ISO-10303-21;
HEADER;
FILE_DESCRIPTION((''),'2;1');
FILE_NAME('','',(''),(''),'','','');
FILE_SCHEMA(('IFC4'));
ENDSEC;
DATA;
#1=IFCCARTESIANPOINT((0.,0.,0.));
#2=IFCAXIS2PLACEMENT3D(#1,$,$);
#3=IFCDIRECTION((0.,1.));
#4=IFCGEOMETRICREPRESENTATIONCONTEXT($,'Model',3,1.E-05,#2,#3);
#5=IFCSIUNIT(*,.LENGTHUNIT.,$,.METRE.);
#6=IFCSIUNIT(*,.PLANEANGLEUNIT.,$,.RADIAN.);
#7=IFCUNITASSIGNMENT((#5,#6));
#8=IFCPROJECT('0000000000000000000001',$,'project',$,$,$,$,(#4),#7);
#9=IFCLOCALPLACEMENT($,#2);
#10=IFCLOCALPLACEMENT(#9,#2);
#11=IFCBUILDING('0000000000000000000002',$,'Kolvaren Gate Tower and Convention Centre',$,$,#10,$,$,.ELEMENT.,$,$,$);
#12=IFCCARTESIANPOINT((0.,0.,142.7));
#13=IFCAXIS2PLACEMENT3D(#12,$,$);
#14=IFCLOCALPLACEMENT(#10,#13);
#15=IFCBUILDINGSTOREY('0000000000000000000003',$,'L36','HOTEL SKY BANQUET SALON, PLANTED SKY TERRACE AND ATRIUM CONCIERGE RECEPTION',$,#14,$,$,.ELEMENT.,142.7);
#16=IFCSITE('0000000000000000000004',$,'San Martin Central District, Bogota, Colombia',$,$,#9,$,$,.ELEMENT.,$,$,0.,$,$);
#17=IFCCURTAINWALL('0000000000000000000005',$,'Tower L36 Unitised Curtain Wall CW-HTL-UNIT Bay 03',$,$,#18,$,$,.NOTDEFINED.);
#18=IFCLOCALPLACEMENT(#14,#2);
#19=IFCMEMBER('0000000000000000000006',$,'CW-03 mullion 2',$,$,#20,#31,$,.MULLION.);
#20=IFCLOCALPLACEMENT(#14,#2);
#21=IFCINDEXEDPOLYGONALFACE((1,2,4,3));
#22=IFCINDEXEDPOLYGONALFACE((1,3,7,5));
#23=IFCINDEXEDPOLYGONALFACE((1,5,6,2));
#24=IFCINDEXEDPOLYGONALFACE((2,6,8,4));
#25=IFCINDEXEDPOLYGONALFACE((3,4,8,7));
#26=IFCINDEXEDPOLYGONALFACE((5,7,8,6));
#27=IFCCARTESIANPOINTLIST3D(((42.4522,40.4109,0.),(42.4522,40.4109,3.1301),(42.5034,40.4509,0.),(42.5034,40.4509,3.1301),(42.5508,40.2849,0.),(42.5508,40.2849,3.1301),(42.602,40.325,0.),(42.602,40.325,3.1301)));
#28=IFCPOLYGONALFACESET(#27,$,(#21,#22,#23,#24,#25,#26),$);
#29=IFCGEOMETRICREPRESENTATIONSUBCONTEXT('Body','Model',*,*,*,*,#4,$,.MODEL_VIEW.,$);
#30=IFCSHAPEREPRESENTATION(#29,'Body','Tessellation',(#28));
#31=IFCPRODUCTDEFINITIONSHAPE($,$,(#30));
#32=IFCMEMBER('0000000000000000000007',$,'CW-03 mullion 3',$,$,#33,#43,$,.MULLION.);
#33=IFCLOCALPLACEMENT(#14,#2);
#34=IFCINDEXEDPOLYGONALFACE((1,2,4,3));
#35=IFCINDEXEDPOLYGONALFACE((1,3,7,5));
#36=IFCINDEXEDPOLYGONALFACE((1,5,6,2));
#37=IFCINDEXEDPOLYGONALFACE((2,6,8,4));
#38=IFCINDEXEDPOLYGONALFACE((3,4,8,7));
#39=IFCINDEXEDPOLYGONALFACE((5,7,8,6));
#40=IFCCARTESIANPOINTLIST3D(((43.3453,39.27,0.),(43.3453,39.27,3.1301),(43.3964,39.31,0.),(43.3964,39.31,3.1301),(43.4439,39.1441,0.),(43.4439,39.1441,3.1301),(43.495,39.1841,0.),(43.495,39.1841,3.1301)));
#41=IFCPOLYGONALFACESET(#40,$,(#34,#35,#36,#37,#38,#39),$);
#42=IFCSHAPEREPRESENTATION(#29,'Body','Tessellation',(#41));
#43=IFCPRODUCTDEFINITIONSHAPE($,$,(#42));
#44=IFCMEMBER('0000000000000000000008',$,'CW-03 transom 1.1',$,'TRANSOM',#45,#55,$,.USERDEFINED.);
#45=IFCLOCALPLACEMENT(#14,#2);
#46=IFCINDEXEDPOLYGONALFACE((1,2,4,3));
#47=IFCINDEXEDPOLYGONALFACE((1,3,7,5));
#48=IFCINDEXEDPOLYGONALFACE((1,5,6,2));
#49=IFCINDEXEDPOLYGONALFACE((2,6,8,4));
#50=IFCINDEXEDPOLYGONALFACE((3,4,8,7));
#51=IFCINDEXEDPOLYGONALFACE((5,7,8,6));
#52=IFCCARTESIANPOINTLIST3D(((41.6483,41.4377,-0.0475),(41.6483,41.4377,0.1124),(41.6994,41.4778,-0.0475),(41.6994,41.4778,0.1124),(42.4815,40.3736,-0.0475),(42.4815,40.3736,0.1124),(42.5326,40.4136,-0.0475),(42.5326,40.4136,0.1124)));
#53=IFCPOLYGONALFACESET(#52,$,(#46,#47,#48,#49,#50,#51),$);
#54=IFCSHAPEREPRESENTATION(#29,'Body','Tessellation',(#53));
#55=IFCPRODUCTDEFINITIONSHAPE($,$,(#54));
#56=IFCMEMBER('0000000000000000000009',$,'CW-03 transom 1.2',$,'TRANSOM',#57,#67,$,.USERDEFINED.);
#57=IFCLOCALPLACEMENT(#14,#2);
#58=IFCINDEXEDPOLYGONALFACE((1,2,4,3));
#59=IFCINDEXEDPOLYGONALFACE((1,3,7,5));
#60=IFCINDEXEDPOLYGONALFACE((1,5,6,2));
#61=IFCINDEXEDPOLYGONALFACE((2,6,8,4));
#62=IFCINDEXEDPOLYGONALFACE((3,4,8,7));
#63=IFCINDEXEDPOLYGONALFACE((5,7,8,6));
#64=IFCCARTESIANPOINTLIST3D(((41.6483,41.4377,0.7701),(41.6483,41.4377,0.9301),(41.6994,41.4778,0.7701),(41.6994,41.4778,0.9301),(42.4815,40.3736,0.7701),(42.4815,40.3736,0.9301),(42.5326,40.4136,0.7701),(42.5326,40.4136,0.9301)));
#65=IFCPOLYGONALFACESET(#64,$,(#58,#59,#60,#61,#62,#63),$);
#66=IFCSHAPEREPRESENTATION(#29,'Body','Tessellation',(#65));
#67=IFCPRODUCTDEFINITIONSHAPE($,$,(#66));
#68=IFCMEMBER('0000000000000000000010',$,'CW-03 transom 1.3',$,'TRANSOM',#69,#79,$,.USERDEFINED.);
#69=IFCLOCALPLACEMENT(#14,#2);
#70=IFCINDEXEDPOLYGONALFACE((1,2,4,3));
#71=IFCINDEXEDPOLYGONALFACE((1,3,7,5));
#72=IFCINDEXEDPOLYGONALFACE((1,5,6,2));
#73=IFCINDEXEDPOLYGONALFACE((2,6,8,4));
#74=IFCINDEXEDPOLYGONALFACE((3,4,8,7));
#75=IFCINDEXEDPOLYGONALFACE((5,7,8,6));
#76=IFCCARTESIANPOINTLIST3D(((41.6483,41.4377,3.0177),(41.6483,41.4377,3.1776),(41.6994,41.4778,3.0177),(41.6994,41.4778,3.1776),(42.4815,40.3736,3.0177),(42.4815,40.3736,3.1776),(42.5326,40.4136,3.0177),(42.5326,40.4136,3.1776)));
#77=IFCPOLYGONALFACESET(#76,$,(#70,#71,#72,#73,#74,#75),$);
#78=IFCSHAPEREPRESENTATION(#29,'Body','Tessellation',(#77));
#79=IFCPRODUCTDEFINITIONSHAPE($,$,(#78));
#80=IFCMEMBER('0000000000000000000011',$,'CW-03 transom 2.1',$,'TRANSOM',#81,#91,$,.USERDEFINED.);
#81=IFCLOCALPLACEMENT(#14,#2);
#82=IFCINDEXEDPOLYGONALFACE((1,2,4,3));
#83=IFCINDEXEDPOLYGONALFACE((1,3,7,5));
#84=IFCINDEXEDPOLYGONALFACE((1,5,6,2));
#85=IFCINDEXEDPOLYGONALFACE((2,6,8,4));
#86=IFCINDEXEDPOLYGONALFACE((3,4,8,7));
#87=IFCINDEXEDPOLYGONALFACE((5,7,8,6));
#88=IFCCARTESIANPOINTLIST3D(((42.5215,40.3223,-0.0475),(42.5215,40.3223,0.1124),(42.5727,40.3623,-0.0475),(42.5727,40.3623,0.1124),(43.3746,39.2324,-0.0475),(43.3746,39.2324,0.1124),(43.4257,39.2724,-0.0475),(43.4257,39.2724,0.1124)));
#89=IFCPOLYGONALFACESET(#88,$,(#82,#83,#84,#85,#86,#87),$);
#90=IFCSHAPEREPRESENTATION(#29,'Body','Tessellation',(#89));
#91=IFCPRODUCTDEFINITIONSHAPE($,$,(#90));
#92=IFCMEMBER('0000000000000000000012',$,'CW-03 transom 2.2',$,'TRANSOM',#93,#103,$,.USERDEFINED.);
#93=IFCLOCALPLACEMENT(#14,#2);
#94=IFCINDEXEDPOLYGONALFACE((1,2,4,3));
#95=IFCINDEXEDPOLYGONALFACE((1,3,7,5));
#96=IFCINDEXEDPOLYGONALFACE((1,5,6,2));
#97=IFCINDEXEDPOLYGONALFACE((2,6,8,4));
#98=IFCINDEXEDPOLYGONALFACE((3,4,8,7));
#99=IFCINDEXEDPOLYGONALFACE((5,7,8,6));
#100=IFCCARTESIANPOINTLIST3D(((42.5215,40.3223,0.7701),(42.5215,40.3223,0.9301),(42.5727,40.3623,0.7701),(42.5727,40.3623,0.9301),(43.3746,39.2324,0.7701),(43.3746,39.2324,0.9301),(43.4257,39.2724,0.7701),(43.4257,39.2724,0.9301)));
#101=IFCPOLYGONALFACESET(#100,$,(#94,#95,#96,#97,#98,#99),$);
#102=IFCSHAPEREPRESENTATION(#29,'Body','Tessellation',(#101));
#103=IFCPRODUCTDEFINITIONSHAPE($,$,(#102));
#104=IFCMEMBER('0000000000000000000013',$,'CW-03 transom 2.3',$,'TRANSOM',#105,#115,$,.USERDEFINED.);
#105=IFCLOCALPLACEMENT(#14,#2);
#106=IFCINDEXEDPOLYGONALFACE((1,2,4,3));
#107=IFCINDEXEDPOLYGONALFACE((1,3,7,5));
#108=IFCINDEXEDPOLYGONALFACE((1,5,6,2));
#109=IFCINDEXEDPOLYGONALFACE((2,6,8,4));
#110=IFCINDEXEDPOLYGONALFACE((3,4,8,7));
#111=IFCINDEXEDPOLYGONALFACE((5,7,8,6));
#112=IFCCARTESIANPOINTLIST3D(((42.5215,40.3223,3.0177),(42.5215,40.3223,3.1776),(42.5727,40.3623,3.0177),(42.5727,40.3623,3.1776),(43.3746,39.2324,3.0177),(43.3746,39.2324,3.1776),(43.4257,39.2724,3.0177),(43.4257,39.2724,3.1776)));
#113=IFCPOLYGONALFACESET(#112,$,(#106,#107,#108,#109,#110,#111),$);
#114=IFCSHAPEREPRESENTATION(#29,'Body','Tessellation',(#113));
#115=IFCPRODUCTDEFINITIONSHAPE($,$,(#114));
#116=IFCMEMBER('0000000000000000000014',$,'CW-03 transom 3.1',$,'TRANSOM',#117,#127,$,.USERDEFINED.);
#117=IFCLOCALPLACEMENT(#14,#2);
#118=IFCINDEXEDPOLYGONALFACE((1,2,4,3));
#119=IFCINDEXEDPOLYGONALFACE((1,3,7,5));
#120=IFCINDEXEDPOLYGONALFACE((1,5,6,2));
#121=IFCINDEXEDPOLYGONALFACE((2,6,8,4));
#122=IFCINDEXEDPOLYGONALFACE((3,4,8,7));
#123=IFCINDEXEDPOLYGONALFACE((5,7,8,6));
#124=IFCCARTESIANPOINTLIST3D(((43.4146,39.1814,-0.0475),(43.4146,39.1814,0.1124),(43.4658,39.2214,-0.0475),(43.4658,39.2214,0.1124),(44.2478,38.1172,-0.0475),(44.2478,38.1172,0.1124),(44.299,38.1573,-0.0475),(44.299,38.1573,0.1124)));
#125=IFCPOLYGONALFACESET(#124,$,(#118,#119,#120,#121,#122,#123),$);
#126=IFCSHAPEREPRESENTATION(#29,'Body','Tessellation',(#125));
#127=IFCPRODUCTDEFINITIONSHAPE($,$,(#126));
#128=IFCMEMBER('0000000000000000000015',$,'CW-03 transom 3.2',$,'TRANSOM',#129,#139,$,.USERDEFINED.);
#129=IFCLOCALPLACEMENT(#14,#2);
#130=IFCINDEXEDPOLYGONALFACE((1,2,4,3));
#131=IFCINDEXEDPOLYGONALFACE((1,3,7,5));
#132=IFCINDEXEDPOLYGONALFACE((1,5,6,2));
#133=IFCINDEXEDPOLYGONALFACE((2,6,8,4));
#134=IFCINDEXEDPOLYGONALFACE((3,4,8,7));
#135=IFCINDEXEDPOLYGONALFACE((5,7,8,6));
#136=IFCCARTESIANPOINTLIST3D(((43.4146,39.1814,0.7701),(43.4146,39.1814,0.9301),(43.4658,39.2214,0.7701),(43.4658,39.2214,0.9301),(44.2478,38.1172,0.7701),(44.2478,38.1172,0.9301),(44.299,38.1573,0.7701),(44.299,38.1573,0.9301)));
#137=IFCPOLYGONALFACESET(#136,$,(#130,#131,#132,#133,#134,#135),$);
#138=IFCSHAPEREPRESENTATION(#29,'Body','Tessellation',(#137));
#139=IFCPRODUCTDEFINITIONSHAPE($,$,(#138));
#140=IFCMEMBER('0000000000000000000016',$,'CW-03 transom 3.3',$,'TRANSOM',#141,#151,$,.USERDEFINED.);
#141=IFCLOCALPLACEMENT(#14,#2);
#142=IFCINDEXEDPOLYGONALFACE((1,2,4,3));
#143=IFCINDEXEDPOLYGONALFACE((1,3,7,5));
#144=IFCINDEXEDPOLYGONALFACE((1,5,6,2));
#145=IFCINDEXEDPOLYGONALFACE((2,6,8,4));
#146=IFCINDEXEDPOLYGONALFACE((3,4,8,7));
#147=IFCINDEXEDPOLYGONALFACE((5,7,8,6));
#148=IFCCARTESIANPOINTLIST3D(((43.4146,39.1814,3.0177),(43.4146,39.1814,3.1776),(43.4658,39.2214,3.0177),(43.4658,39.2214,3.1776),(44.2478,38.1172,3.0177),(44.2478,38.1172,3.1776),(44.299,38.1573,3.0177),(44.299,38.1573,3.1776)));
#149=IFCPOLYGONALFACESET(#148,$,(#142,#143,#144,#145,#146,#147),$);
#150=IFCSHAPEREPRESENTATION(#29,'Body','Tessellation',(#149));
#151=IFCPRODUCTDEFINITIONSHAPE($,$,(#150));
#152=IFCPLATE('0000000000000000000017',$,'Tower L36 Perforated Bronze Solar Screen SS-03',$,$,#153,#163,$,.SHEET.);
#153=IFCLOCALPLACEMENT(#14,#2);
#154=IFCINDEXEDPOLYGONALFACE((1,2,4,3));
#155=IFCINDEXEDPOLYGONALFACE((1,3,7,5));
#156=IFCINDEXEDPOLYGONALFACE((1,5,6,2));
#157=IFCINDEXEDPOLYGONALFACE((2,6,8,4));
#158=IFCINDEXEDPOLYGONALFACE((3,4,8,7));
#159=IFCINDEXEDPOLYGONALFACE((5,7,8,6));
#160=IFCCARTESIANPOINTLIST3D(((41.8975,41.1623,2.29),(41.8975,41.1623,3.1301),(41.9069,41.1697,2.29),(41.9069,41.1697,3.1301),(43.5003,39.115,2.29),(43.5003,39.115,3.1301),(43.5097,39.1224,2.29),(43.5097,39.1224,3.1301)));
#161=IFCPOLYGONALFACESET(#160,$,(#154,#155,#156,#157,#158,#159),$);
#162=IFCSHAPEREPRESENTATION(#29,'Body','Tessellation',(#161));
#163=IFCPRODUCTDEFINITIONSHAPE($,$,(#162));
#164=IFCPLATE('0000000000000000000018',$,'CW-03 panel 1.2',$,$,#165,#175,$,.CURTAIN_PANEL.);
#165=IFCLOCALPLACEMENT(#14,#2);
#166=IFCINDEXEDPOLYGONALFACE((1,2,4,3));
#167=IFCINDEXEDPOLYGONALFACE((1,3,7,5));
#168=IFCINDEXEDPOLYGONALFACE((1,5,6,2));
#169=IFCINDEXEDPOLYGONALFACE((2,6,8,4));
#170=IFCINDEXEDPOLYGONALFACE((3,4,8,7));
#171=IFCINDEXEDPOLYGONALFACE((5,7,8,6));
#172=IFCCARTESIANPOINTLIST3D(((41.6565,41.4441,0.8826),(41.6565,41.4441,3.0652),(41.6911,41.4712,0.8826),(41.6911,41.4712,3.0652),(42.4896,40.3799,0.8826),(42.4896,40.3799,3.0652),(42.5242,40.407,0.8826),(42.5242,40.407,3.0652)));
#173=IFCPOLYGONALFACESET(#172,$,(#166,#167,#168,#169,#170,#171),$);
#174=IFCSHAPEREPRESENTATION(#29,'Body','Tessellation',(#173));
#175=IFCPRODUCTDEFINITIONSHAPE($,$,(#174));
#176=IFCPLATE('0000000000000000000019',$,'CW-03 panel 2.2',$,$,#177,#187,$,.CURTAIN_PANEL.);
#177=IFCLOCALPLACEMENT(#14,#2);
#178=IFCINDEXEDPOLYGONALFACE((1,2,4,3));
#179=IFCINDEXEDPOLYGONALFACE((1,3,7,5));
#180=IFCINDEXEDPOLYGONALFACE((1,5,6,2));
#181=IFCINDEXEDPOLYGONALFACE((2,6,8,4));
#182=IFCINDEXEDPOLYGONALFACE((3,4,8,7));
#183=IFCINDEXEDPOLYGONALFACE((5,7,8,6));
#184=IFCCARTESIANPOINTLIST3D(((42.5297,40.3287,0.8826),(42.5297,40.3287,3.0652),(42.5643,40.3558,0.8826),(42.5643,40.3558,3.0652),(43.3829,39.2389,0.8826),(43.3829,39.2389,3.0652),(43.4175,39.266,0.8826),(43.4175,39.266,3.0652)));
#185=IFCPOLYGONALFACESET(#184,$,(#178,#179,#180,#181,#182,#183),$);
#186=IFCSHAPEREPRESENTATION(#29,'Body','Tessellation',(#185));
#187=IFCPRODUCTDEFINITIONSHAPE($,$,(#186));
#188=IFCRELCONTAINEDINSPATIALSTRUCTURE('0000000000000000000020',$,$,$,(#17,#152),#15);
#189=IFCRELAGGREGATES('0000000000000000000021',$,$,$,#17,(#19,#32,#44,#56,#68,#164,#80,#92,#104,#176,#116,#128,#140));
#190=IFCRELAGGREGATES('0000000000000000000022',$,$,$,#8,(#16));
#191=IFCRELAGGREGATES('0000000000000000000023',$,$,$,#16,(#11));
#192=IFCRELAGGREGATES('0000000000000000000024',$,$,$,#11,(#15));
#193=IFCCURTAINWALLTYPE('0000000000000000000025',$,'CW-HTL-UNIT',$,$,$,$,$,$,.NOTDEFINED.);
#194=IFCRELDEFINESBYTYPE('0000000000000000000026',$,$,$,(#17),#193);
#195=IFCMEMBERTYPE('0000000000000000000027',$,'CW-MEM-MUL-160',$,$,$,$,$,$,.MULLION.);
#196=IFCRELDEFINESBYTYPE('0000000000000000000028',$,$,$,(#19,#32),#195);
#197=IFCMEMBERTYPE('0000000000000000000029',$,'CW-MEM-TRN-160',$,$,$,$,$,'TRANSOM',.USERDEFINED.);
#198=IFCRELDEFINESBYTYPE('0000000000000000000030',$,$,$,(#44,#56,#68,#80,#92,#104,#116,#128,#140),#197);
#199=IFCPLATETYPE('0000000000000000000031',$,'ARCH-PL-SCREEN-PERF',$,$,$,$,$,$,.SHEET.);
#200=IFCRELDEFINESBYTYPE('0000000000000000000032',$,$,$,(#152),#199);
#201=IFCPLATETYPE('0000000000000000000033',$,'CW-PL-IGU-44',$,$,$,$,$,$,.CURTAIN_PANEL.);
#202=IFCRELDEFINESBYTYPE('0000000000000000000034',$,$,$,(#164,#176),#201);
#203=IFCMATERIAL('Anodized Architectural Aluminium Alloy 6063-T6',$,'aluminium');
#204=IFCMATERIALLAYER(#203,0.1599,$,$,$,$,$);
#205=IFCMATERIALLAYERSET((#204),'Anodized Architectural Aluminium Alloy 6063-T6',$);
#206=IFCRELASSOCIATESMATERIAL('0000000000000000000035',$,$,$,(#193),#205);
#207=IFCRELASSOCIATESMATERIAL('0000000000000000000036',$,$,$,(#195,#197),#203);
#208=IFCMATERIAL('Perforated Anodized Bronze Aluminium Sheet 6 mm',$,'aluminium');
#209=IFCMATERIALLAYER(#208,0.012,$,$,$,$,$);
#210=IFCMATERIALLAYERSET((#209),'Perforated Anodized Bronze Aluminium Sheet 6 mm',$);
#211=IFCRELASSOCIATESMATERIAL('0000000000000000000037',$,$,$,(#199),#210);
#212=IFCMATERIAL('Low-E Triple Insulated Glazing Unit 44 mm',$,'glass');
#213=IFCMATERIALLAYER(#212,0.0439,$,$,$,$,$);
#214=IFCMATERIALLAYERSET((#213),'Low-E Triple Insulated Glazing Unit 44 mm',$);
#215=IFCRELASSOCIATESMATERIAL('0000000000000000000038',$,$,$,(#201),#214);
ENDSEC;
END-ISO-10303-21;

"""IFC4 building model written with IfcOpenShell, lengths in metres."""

from ifc_helpers import new_model, si_unit, direction, frame, origin, origin_2d, place, context, subcontext, project, spatial, rectangle, extrude, material, layer, layer_set, material_profile, profile_set, type_object, element, aggregate, save


model = new_model("IFC4")

# Units and contexts
model_context = context("Model", 3, precision=1e-05, world=origin(), true_north=direction((0.0, 1.0)))
body_context = subcontext(model_context, "Body", "Model", "MODEL_VIEW")
ifc_project = project(units=[si_unit("LENGTHUNIT", "METRE"), si_unit("PLANEANGLEUNIT", "RADIAN")], contexts=[model_context])

# Site, building, storey
site_placement = place(None, origin())
site = spatial("IfcSite", under=ifc_project, at=site_placement, Name="San Martin Central District, Bogota, Colombia", CompositionType="ELEMENT", RefElevation=0.0)
building_placement = place(site_placement, origin())
building = spatial("IfcBuilding", under=site, at=building_placement, Name="Kolvaren Gate Tower and Convention Centre", CompositionType="ELEMENT")
storey_placement = place(building_placement, frame((0.0, 0.0, 142.7)))
storey = spatial("IfcBuildingStorey", under=building, at=storey_placement, Name="L36", Description="HOTEL SKY BANQUET SALON, PLANTED SKY TERRACE AND ATRIUM CONCIERGE RECEPTION", CompositionType="ELEMENT", Elevation=142.7)

# Curtain wall, members
ifc_material_1 = material(Name="Anodized Architectural Aluminium Alloy 6063-T6", Category="aluminium")
ifc_layer_1 = layer(ifc_material_1, 0.1599)
ifc_layer_set_1 = layer_set([ifc_layer_1], Name="Anodized Architectural Aluminium Alloy 6063-T6")
curtain_wall_type = type_object("IfcCurtainWallType", Name="CW-HTL-UNIT", PredefinedType="NOTDEFINED", material=ifc_layer_set_1)
curtain_wall_placement = place(storey_placement, origin())
curtain_wall = element("IfcCurtainWall", 1, at=curtain_wall_placement, inside=storey, type_object=curtain_wall_type, Name="Tower L36 Unitised Curtain Wall CW-HTL-UNIT Bay 03", PredefinedType="NOTDEFINED")
ifc_material_profile_1 = material_profile(ifc_material_1, rectangle(XDim=0.0649, YDim=0.1599, at=origin_2d()), Name="CW-MEM-MUL-160")
ifc_profile_set_1 = profile_set([ifc_material_profile_1], Name="Anodized Architectural Aluminium Alloy 6063-T6")
member_type_1 = type_object("IfcMemberType", Name="CW-MEM-MUL-160", PredefinedType="MULLION", material=ifc_profile_set_1)
member_1_placement = place(storey_placement, frame((42.5271, 40.3679, 0.0), z_axis=(0.0, 0.0, 1.0), x_axis=(0.787404, 0.616438, 0.0)))
member_1 = element("IfcMember", 2, at=member_1_placement, type_object=member_type_1, Name="CW-03 mullion 2", PredefinedType="MULLION", context=body_context, shape_type="SweptSolid", body=[
    extrude(rectangle(XDim=0.0649, YDim=0.1599, at=origin_2d()), origin(), (0.0, 0.0, 1.0), 3.1301),
])
member_2_placement = place(storey_placement, frame((43.4202, 39.2271, 0.0), z_axis=(0.0, 0.0, 1.0), x_axis=(0.787404, 0.616438, 0.0)))
member_2 = element("IfcMember", 3, at=member_2_placement, type_object=member_type_1, Name="CW-03 mullion 3", PredefinedType="MULLION", context=body_context, shape_type="SweptSolid", body=[
    extrude(rectangle(XDim=0.0649, YDim=0.1599, at=origin_2d()), origin(), (0.0, 0.0, 1.0), 3.1301),
])
ifc_material_profile_2 = material_profile(ifc_material_1, rectangle(XDim=0.0649, YDim=0.1599, at=origin_2d()), Name="CW-MEM-TRN-160")
ifc_profile_set_2 = profile_set([ifc_material_profile_2], Name="Anodized Architectural Aluminium Alloy 6063-T6")
member_type_2 = type_object("IfcMemberType", Name="CW-MEM-TRN-160", ElementType="TRANSOM", PredefinedType="USERDEFINED", material=ifc_profile_set_2)
member_3_placement = place(storey_placement, frame((41.6738, 41.4578, 0.0325), z_axis=(0.616488, -0.787364, 0.0), x_axis=(0.787364, 0.616488, 0.0)))
member_3 = element("IfcMember", 4, at=member_3_placement, type_object=member_type_2, Name="CW-03 transom 1.1", ObjectType="TRANSOM", PredefinedType="USERDEFINED", context=body_context, shape_type="SweptSolid", body=[
    extrude(rectangle(XDim=0.0649, YDim=0.1599, at=origin_2d()), origin(), (0.0, 0.0, 1.0), 1.3516),
])
member_4_placement = place(storey_placement, frame((41.6738, 41.4578, 0.8501), z_axis=(0.616488, -0.787364, 0.0), x_axis=(0.787364, 0.616488, 0.0)))
member_4 = element("IfcMember", 5, at=member_4_placement, type_object=member_type_2, Name="CW-03 transom 1.2", ObjectType="TRANSOM", PredefinedType="USERDEFINED", context=body_context, shape_type="SweptSolid", body=[
    extrude(rectangle(XDim=0.0649, YDim=0.1599, at=origin_2d()), origin(), (0.0, 0.0, 1.0), 1.3516),
])
member_5_placement = place(storey_placement, frame((41.6738, 41.4578, 3.0977), z_axis=(0.616488, -0.787364, 0.0), x_axis=(0.787364, 0.616488, 0.0)))
member_5 = element("IfcMember", 6, at=member_5_placement, type_object=member_type_2, Name="CW-03 transom 1.3", ObjectType="TRANSOM", PredefinedType="USERDEFINED", context=body_context, shape_type="SweptSolid", body=[
    extrude(rectangle(XDim=0.0649, YDim=0.1599, at=origin_2d()), origin(), (0.0, 0.0, 1.0), 1.3516),
])
member_6_placement = place(storey_placement, frame((42.5471, 40.3423, 0.0325), z_axis=(0.616356, -0.787468, 0.0), x_axis=(0.787468, 0.616356, 0.0)))
member_6 = element("IfcMember", 7, at=member_6_placement, type_object=member_type_2, Name="CW-03 transom 2.1", ObjectType="TRANSOM", PredefinedType="USERDEFINED", context=body_context, shape_type="SweptSolid", body=[
    extrude(rectangle(XDim=0.0649, YDim=0.1599, at=origin_2d()), origin(), (0.0, 0.0, 1.0), 1.384),
])
member_7_placement = place(storey_placement, frame((42.5471, 40.3423, 0.8501), z_axis=(0.616356, -0.787468, 0.0), x_axis=(0.787468, 0.616356, 0.0)))
member_7 = element("IfcMember", 8, at=member_7_placement, type_object=member_type_2, Name="CW-03 transom 2.2", ObjectType="TRANSOM", PredefinedType="USERDEFINED", context=body_context, shape_type="SweptSolid", body=[
    extrude(rectangle(XDim=0.0649, YDim=0.1599, at=origin_2d()), origin(), (0.0, 0.0, 1.0), 1.384),
])
member_8_placement = place(storey_placement, frame((42.5471, 40.3423, 3.0977), z_axis=(0.616356, -0.787468, 0.0), x_axis=(0.787468, 0.616356, 0.0)))
member_8 = element("IfcMember", 9, at=member_8_placement, type_object=member_type_2, Name="CW-03 transom 2.3", ObjectType="TRANSOM", PredefinedType="USERDEFINED", context=body_context, shape_type="SweptSolid", body=[
    extrude(rectangle(XDim=0.0649, YDim=0.1599, at=origin_2d()), origin(), (0.0, 0.0, 1.0), 1.384),
])
member_9_placement = place(storey_placement, frame((43.4402, 39.2014, 0.0325), z_axis=(0.616488, -0.787364, 0.0), x_axis=(0.787364, 0.616488, 0.0)))
member_9 = element("IfcMember", 10, at=member_9_placement, type_object=member_type_2, Name="CW-03 transom 3.1", ObjectType="TRANSOM", PredefinedType="USERDEFINED", context=body_context, shape_type="SweptSolid", body=[
    extrude(rectangle(XDim=0.0649, YDim=0.1599, at=origin_2d()), origin(), (0.0, 0.0, 1.0), 1.3516),
])
member_10_placement = place(storey_placement, frame((43.4402, 39.2014, 0.8501), z_axis=(0.616488, -0.787364, 0.0), x_axis=(0.787364, 0.616488, 0.0)))
member_10 = element("IfcMember", 11, at=member_10_placement, type_object=member_type_2, Name="CW-03 transom 3.2", ObjectType="TRANSOM", PredefinedType="USERDEFINED", context=body_context, shape_type="SweptSolid", body=[
    extrude(rectangle(XDim=0.0649, YDim=0.1599, at=origin_2d()), origin(), (0.0, 0.0, 1.0), 1.3516),
])
member_11_placement = place(storey_placement, frame((43.4402, 39.2014, 3.0977), z_axis=(0.616488, -0.787364, 0.0), x_axis=(0.787364, 0.616488, 0.0)))
member_11 = element("IfcMember", 12, at=member_11_placement, type_object=member_type_2, Name="CW-03 transom 3.3", ObjectType="TRANSOM", PredefinedType="USERDEFINED", context=body_context, shape_type="SweptSolid", body=[
    extrude(rectangle(XDim=0.0649, YDim=0.1599, at=origin_2d()), origin(), (0.0, 0.0, 1.0), 1.3516),
])

# Plates
ifc_material_2 = material(Name="Perforated Anodized Bronze Aluminium Sheet 6 mm", Category="aluminium")
ifc_layer_2 = layer(ifc_material_2, 0.012)
ifc_layer_set_2 = layer_set([ifc_layer_2], Name="Perforated Anodized Bronze Aluminium Sheet 6 mm")
plate_type_1 = type_object("IfcPlateType", Name="ARCH-PL-SCREEN-PERF", PredefinedType="SHEET", material=ifc_layer_set_2)
plate_1_placement = place(storey_placement, frame((42.7036, 40.1423, 2.29), z_axis=(0.0, 0.0, 1.0), x_axis=(0.616434, -0.787406, 0.0)))
element("IfcPlate", 13, at=plate_1_placement, inside=storey, type_object=plate_type_1, Name="Tower L36 Perforated Bronze Solar Screen SS-03", PredefinedType="SHEET", context=body_context, shape_type="SweptSolid", body=[
    extrude(rectangle(XDim=2.6001, YDim=0.012, at=origin_2d()), origin(), (0.0, 0.0, 1.0), 0.8401),
])
ifc_material_3 = material(Name="Low-E Triple Insulated Glazing Unit 44 mm", Category="glass")
ifc_layer_3 = layer(ifc_material_3, 0.0439)
ifc_layer_set_3 = layer_set([ifc_layer_3], Name="Low-E Triple Insulated Glazing Unit 44 mm")
plate_type_2 = type_object("IfcPlateType", Name="CW-PL-IGU-44", PredefinedType="CURTAIN_PANEL", material=ifc_layer_set_3)
plate_2_placement = place(storey_placement, frame((42.0903, 40.9255, 0.8826), z_axis=(0.0, 0.0, 1.0), x_axis=(0.616438, -0.787404, 0.0)))
plate_2 = element("IfcPlate", 14, at=plate_2_placement, type_object=plate_type_2, Name="CW-03 panel 1.2", PredefinedType="CURTAIN_PANEL", context=body_context, shape_type="SweptSolid", body=[
    extrude(rectangle(XDim=1.3516, YDim=0.0439, at=origin_2d()), origin(), (0.0, 0.0, 1.0), 2.1826),
])
plate_3_placement = place(storey_placement, frame((42.9736, 39.7974, 0.8826), z_axis=(0.0, 0.0, 1.0), x_axis=(0.616438, -0.787404, 0.0)))
plate_3 = element("IfcPlate", 15, at=plate_3_placement, type_object=plate_type_2, Name="CW-03 panel 2.2", PredefinedType="CURTAIN_PANEL", context=body_context, shape_type="SweptSolid", body=[
    extrude(rectangle(XDim=1.384, YDim=0.0439, at=origin_2d()), origin(), (0.0, 0.0, 1.0), 2.1826),
])
aggregate(curtain_wall, [member_1, member_2, member_3, member_4, member_5, plate_2, member_6, member_7, member_8, plate_3, member_9, member_10, member_11])

save(model, "model.ifc")
